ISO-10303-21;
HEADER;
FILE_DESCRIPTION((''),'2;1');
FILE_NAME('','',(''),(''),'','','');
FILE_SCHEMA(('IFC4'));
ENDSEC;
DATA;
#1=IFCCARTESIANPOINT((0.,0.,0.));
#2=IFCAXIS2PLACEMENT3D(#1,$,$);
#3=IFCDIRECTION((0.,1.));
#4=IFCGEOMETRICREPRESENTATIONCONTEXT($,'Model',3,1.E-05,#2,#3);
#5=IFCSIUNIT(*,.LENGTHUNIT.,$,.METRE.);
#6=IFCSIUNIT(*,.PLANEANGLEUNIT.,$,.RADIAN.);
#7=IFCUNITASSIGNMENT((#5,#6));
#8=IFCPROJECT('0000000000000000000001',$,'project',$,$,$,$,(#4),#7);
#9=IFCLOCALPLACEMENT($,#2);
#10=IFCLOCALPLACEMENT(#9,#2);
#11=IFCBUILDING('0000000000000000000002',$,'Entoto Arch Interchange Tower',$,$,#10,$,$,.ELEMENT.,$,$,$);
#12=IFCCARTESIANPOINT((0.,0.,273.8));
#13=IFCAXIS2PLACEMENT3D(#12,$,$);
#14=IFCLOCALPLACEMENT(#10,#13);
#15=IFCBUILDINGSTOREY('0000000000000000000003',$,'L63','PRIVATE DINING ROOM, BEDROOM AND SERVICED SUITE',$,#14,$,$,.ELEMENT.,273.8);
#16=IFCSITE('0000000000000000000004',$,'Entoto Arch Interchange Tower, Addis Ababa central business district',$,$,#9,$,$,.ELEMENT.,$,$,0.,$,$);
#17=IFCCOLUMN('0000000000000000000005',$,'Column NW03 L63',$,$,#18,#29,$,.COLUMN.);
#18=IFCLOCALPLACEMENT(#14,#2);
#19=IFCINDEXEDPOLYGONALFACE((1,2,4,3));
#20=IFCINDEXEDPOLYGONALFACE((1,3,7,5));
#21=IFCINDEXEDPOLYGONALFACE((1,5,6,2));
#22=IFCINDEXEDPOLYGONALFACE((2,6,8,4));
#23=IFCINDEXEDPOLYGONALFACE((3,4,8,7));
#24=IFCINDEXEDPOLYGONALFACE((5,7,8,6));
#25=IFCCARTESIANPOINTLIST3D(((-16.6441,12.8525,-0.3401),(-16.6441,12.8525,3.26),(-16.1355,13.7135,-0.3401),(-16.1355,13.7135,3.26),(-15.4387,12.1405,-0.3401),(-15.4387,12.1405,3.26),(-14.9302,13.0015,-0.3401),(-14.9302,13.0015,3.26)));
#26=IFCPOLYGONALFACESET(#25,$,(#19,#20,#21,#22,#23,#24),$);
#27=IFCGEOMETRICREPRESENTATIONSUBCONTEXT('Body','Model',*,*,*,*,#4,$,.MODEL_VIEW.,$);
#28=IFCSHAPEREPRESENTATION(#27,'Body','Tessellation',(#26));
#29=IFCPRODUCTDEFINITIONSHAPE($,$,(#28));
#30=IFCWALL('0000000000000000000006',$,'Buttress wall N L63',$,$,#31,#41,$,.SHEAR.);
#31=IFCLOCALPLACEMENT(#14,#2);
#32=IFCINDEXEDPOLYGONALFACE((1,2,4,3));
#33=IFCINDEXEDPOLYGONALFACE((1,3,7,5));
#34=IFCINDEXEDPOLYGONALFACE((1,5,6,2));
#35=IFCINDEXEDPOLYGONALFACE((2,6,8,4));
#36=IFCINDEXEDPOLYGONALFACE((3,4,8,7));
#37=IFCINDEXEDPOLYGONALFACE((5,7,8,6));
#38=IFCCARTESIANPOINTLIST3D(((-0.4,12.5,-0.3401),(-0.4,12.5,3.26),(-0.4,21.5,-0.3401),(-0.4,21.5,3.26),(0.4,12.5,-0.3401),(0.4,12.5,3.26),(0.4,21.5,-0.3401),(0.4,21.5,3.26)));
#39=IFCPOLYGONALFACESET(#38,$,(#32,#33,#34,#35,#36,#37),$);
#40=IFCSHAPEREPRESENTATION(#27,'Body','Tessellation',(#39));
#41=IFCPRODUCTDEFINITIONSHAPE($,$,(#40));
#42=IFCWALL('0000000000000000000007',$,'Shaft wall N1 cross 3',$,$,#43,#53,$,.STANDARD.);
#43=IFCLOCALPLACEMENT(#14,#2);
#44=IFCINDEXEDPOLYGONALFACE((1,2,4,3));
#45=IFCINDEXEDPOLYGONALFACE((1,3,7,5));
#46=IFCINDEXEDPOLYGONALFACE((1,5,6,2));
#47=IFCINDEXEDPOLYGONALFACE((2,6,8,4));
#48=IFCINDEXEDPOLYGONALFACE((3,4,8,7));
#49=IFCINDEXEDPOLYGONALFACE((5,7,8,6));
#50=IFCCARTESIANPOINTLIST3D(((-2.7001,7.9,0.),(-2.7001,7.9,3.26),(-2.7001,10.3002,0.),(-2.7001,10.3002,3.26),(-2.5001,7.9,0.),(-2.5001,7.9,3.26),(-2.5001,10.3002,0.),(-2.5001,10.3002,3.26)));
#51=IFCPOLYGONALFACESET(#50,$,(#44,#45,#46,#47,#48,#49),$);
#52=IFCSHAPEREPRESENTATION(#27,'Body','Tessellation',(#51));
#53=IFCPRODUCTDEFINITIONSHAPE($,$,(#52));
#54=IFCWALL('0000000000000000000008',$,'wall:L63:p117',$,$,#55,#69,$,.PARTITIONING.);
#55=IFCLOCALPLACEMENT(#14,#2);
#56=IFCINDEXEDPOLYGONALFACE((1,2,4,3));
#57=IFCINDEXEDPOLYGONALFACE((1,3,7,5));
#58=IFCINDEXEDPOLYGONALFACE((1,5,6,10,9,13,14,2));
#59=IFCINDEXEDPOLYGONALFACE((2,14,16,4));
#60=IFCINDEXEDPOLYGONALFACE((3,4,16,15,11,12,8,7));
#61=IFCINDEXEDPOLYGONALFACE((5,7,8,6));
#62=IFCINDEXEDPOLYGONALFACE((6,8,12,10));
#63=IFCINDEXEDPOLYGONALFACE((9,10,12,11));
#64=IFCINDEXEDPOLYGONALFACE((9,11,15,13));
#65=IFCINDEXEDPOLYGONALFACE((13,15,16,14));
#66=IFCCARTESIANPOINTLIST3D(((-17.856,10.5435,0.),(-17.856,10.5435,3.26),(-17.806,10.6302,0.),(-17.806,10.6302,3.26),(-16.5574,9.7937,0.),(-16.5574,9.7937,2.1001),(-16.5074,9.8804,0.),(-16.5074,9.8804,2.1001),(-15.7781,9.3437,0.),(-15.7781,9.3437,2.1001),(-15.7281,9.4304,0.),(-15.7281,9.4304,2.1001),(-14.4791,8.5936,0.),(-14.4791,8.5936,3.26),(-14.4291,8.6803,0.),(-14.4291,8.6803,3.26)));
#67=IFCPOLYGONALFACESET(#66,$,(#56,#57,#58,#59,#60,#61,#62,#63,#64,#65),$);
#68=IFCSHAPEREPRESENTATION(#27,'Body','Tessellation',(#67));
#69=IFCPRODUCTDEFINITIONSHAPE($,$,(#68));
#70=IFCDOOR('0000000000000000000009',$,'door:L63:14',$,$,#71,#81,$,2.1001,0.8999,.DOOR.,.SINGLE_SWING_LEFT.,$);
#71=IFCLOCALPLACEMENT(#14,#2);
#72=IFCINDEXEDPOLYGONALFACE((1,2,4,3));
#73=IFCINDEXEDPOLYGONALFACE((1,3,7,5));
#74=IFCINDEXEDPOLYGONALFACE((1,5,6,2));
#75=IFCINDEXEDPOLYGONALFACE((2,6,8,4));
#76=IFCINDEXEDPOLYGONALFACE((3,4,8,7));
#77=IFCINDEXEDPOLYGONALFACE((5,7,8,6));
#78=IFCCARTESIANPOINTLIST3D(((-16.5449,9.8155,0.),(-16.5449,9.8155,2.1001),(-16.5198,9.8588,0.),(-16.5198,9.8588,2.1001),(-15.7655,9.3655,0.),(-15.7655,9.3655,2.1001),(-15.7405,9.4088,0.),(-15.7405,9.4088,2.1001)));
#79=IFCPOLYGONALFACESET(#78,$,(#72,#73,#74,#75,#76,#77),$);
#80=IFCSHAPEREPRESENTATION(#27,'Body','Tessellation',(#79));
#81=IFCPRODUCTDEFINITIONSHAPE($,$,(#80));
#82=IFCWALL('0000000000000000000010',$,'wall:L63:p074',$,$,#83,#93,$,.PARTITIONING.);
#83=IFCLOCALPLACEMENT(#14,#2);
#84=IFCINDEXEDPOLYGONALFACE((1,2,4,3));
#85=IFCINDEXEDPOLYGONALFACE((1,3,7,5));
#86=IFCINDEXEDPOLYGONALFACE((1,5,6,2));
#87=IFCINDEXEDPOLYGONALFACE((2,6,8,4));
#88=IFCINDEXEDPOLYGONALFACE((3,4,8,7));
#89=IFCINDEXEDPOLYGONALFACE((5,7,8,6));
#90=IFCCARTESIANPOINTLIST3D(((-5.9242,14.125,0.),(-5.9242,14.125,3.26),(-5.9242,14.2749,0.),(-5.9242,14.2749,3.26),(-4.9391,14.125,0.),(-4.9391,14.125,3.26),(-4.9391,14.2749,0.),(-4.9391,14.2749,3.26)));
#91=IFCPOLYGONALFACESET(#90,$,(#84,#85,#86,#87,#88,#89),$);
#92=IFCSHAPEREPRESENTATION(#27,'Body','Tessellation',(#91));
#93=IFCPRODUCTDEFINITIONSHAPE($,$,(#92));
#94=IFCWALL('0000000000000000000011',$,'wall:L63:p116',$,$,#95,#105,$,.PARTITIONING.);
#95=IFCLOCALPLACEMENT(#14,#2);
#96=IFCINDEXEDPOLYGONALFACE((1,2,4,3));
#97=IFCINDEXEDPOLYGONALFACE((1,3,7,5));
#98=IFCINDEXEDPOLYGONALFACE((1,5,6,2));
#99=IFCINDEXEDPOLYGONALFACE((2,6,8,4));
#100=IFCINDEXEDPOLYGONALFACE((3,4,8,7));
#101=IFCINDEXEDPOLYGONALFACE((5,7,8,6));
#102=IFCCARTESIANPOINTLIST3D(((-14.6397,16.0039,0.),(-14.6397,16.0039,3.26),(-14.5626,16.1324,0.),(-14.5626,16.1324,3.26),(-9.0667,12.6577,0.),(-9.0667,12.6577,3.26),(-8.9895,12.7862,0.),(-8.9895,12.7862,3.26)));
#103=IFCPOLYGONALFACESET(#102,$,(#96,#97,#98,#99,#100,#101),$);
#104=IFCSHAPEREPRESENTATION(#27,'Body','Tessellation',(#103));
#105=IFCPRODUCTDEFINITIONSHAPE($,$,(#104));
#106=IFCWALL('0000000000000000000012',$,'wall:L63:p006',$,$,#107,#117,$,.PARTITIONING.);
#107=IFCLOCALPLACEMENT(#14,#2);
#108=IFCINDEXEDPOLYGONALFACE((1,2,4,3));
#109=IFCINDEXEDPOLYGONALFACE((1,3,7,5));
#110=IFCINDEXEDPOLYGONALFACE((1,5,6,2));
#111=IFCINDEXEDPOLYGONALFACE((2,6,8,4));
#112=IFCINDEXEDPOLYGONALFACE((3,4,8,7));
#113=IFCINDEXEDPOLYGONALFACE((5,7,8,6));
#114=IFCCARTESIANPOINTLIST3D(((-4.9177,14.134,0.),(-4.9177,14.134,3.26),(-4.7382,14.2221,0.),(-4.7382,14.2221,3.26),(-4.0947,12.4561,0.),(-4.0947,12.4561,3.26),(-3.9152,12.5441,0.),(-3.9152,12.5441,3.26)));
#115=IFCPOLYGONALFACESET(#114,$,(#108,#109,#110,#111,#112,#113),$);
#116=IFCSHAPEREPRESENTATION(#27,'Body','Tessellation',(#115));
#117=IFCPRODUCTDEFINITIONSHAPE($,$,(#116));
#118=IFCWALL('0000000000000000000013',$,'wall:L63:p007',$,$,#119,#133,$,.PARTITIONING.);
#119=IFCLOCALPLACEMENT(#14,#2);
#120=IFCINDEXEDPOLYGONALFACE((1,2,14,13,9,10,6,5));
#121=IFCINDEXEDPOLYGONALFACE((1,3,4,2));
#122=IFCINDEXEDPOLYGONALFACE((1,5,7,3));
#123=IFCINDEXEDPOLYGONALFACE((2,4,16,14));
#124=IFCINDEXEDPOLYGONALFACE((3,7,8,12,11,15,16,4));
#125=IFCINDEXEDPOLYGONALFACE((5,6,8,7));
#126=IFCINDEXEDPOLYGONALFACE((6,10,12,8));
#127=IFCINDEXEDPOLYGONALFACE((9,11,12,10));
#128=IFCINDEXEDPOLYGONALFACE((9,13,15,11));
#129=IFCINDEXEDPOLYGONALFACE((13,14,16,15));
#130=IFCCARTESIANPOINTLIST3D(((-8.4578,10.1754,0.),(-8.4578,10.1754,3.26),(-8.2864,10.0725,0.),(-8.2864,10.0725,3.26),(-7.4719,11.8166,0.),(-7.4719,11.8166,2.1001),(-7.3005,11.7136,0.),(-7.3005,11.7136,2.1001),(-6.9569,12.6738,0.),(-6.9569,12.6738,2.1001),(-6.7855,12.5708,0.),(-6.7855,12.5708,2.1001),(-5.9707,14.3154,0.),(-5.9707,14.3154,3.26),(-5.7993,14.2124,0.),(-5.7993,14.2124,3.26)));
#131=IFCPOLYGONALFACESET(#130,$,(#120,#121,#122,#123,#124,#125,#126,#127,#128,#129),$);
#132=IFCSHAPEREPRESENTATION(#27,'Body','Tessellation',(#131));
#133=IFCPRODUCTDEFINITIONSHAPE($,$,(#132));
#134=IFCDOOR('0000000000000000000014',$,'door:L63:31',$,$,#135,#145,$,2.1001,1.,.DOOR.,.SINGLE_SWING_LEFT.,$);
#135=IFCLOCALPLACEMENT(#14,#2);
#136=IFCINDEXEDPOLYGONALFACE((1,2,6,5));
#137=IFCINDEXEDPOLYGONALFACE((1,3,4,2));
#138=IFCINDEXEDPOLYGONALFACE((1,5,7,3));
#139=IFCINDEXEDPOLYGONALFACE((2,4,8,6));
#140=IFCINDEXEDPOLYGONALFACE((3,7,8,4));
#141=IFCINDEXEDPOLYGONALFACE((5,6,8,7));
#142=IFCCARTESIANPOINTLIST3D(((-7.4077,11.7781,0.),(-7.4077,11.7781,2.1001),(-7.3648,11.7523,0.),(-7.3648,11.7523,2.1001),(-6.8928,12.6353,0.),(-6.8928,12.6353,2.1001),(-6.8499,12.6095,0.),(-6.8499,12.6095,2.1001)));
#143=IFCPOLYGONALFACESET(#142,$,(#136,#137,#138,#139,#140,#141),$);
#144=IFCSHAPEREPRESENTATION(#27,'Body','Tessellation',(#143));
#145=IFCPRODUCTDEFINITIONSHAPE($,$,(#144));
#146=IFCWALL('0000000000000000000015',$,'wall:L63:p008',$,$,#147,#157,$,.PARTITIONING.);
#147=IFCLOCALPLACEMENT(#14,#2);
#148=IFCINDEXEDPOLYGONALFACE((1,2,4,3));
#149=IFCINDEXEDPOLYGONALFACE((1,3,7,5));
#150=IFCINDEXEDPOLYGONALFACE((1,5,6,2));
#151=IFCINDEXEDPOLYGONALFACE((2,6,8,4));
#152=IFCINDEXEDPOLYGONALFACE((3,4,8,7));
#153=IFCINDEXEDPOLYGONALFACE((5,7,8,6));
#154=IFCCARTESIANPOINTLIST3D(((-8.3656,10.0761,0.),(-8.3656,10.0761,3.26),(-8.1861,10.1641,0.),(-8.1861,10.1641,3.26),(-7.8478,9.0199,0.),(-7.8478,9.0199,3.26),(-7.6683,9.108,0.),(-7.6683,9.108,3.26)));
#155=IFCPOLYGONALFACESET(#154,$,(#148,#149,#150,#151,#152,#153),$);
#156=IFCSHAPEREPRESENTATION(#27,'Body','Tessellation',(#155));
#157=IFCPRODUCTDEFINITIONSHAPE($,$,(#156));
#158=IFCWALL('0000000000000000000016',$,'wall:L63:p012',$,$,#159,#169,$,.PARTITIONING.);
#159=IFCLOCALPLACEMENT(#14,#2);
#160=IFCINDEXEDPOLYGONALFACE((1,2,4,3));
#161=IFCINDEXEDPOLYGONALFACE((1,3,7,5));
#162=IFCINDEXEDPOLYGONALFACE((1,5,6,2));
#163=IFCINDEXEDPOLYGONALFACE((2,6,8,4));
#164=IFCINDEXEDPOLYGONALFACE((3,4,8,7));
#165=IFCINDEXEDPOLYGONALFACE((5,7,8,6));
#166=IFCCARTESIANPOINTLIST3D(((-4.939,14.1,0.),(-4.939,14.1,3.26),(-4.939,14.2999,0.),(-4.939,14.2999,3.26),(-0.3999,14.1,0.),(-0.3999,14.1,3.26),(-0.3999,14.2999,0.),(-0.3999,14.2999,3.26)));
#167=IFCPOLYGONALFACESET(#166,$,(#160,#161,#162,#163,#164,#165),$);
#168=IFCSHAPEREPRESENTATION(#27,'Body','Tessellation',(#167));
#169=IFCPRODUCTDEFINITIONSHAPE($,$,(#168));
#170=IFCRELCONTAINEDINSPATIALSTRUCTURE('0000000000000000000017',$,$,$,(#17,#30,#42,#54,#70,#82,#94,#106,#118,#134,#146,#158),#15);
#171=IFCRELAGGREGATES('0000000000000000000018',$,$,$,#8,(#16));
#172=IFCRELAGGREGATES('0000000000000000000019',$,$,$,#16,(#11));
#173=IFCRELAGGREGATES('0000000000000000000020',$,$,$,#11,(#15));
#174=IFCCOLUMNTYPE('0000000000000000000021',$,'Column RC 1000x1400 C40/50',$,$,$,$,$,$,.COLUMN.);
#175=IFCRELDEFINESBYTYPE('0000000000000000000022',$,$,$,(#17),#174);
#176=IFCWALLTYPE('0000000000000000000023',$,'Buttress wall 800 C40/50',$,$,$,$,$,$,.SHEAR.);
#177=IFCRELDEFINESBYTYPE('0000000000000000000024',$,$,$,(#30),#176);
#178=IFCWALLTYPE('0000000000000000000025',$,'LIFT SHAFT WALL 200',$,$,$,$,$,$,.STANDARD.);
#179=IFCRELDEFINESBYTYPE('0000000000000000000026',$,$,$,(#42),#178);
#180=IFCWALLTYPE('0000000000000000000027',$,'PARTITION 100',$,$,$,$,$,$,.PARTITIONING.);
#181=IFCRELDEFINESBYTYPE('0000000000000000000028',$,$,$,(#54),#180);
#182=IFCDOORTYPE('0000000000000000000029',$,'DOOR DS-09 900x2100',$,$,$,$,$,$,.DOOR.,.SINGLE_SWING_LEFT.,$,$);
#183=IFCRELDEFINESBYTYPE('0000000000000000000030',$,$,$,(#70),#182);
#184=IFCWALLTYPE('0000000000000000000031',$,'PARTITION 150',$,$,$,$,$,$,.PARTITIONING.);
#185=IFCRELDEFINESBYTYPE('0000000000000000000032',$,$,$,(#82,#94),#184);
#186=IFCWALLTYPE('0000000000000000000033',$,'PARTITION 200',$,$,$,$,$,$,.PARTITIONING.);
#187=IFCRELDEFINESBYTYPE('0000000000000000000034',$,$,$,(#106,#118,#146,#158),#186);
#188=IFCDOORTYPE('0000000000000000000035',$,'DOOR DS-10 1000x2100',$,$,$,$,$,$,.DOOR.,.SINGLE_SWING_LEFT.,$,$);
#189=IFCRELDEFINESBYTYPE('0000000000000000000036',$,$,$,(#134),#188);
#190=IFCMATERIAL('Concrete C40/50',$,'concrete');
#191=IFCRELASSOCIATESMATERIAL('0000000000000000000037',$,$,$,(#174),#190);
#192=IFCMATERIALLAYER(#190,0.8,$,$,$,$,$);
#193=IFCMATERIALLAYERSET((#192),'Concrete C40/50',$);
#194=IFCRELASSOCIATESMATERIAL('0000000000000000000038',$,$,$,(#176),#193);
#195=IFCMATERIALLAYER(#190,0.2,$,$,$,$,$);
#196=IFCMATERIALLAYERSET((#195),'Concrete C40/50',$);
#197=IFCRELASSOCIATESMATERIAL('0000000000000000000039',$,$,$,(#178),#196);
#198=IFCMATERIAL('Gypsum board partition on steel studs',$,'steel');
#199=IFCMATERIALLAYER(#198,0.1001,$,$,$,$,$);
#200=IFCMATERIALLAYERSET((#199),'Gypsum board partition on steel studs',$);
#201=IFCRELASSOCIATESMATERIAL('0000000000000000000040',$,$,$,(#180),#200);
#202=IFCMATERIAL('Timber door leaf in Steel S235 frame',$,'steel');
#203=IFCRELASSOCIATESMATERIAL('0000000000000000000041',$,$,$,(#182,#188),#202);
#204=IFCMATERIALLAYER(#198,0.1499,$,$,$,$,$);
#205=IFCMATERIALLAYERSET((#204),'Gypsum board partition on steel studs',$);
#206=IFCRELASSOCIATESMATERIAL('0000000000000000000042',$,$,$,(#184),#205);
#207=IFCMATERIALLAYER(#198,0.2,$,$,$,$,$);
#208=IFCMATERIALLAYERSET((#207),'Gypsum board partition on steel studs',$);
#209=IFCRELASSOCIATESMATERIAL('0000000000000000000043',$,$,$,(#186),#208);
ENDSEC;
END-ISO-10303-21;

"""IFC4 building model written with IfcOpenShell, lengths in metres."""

from ifc_helpers import new_model, si_unit, direction, frame, frame_2d, origin, origin_2d, place, context, subcontext, project, spatial, rectangle, extrude, material, layer, layer_set, material_profile, profile_set, type_object, element, fill, save


model = new_model("IFC4")

# Units and contexts
model_context = context("Model", 3, precision=1e-05, world=origin(), true_north=direction((0.0, 1.0)))
body_context = subcontext(model_context, "Body", "Model", "MODEL_VIEW")
ifc_project = project(units=[si_unit("LENGTHUNIT", "METRE"), si_unit("PLANEANGLEUNIT", "RADIAN")], contexts=[model_context])

# Site, building, storey
site_placement = place(None, origin())
site = spatial("IfcSite", under=ifc_project, at=site_placement, Name="Entoto Arch Interchange Tower, Addis Ababa central business district", CompositionType="ELEMENT", RefElevation=0.0)
building_placement = place(site_placement, origin())
building = spatial("IfcBuilding", under=site, at=building_placement, Name="Entoto Arch Interchange Tower", CompositionType="ELEMENT")
storey_placement = place(building_placement, frame((0.0, 0.0, 273.8)))
storey = spatial("IfcBuildingStorey", under=building, at=storey_placement, Name="L63", Description="PRIVATE DINING ROOM, BEDROOM AND SERVICED SUITE", CompositionType="ELEMENT", Elevation=273.8)

# Column
ifc_material_1 = material(Name="Concrete C40/50", Category="concrete")
ifc_material_profile = material_profile(ifc_material_1, rectangle(XDim=1.0, YDim=1.3999, at=origin_2d()))
ifc_profile_set = profile_set([ifc_material_profile], Name="Concrete C40/50")
column_type = type_object("IfcColumnType", Name="Column RC 1000x1400 C40/50", PredefinedType="COLUMN", material=ifc_profile_set)
column_placement = place(storey_placement, frame((-15.7871, 12.927, -0.3401), z_axis=(0.0, 0.0, 1.0), x_axis=(0.508576, 0.861017, 0.0)))
element("IfcColumn", 1, at=column_placement, inside=storey, type_object=column_type, Name="Column NW03 L63", PredefinedType="COLUMN", context=body_context, shape_type="SweptSolid", body=[
    extrude(rectangle(XDim=1.0, YDim=1.3999, at=origin_2d()), origin(), (0.0, 0.0, 1.0), 3.6001),
])

# Walls
ifc_layer_1 = layer(ifc_material_1, 0.8)
ifc_layer_set_1 = layer_set([ifc_layer_1], Name="Concrete C40/50")
wall_type_1 = type_object("IfcWallType", Name="Buttress wall 800 C40/50", PredefinedType="SHEAR", material=ifc_layer_set_1)
wall_1_placement = place(storey_placement, frame((0.0, 12.5, -0.3401), z_axis=(0.0, 0.0, 1.0), x_axis=(0.0, 1.0, 0.0)))
element("IfcWall", 2, at=wall_1_placement, inside=storey, type_object=wall_type_1, Name="Buttress wall N L63", PredefinedType="SHEAR", context=body_context, shape_type="SweptSolid", body=[
    extrude(rectangle(XDim=9.0, YDim=0.8, at=frame_2d((4.5, 0.0))), origin(), (0.0, 0.0, 1.0), 3.6001),
])
ifc_layer_2 = layer(ifc_material_1, 0.2)
ifc_layer_set_2 = layer_set([ifc_layer_2], Name="Concrete C40/50")
wall_type_2 = type_object("IfcWallType", Name="LIFT SHAFT WALL 200", PredefinedType="STANDARD", material=ifc_layer_set_2)
wall_2_placement = place(storey_placement, frame((-2.6001, 7.8999, 0.0), z_axis=(0.0, 0.0, 1.0), x_axis=(0.0, 1.0, 0.0)))
element("IfcWall", 3, at=wall_2_placement, inside=storey, type_object=wall_type_2, Name="Shaft wall N1 cross 3", PredefinedType="STANDARD", context=body_context, shape_type="SweptSolid", body=[
    extrude(rectangle(XDim=2.4001, YDim=0.2, at=frame_2d((1.2002, 0.0))), origin(), (0.0, 0.0, 1.0), 3.26),
])

# Wall, opening, door
ifc_material_2 = material(Name="Gypsum board partition on steel studs", Category="steel")
ifc_layer_3 = layer(ifc_material_2, 0.1001)
ifc_layer_set_3 = layer_set([ifc_layer_3], Name="Gypsum board partition on steel studs")
wall_type_3 = type_object("IfcWallType", Name="PARTITION 100", PredefinedType="PARTITIONING", material=ifc_layer_set_3)
wall_3_placement = place(storey_placement, frame((-14.4541, 8.637, 0.0), z_axis=(0.0, 0.0, 1.0), x_axis=(-0.865996, 0.500051, 0.0)))
wall_3 = element("IfcWall", 4, at=wall_3_placement, inside=storey, type_object=wall_type_3, Name="wall:L63:p117", PredefinedType="PARTITIONING", context=body_context, shape_type="SweptSolid", body=[
    extrude(rectangle(XDim=3.8994, YDim=0.1001, at=frame_2d((1.9497, 0.0))), origin(), (0.0, 0.0, 1.0), 3.26),
])
opening_1_placement = place(wall_3_placement, frame((1.5, 0.0, 0.0)))
opening_1 = element("IfcOpeningElement", 5, at=opening_1_placement, cuts=wall_3, PredefinedType="OPENING", context=body_context, shape_type="SweptSolid", body=[
    extrude(rectangle(XDim=0.8999, YDim=2.1001, at=frame_2d((0.45, 1.05))), frame((0.0, 0.0601, 0.0), z_axis=(0.0, -1.0, 0.0), x_axis=(1.0, 0.0, 0.0)), (0.0, 0.0, 1.0), 0.1201),
])
ifc_material_3 = material(Name="Timber door leaf in Steel S235 frame", Category="steel")
door_type_1 = type_object("IfcDoorType", Name="DOOR DS-09 900x2100", OperationType="SINGLE_SWING_LEFT", PredefinedType="DOOR", material=ifc_material_3)
door_1_placement = place(opening_1_placement, origin())
door_1 = element("IfcDoor", 6, at=door_1_placement, inside=storey, type_object=door_type_1, Name="door:L63:14", OperationType="SINGLE_SWING_LEFT", OverallHeight=2.1001, OverallWidth=0.8999, PredefinedType="DOOR", context=body_context, shape_type="SweptSolid", body=[
    extrude(rectangle(XDim=0.8999, YDim=2.1001, at=frame_2d((0.45, 1.05))), frame((0.0, 0.0249, 0.0), z_axis=(0.0, -1.0, 0.0), x_axis=(1.0, 0.0, 0.0)), (0.0, 0.0, 1.0), 0.05),
])
fill(opening_1, door_1)

# Walls
ifc_layer_4 = layer(ifc_material_2, 0.1499)
ifc_layer_set_4 = layer_set([ifc_layer_4], Name="Gypsum board partition on steel studs")
wall_type_4 = type_object("IfcWallType", Name="PARTITION 150", PredefinedType="PARTITIONING", material=ifc_layer_set_4)
wall_4_placement = place(storey_placement, frame((-4.939, 14.2, 0.0), z_axis=(0.0, 0.0, 1.0), x_axis=(-1.0, 0.0, 0.0)))
element("IfcWall", 7, at=wall_4_placement, inside=storey, type_object=wall_type_4, Name="wall:L63:p074", PredefinedType="PARTITIONING", context=body_context, shape_type="SweptSolid", body=[
    extrude(rectangle(XDim=0.9851, YDim=0.1499, at=frame_2d((0.4927, 0.0))), origin(), (0.0, 0.0, 1.0), 3.26),
])
wall_5_placement = place(storey_placement, frame((-9.0281, 12.7219, 0.0), z_axis=(0.0, 0.0, 1.0), x_axis=(-0.857331, 0.514766, 0.0)))
element("IfcWall", 8, at=wall_5_placement, inside=storey, type_object=wall_type_4, Name="wall:L63:p116", PredefinedType="PARTITIONING", context=body_context, shape_type="SweptSolid", body=[
    extrude(rectangle(XDim=6.5005, YDim=0.1499, at=frame_2d((3.2502, 0.0))), origin(), (0.0, 0.0, 1.0), 3.26),
])
ifc_layer_5 = layer(ifc_material_2, 0.2)
ifc_layer_set_5 = layer_set([ifc_layer_5], Name="Gypsum board partition on steel studs")
wall_type_5 = type_object("IfcWallType", Name="PARTITION 200", PredefinedType="PARTITIONING", material=ifc_layer_set_5)
wall_6_placement = place(storey_placement, frame((-4.0049, 12.5, 0.0), z_axis=(0.0, 0.0, 1.0), x_axis=(-0.440355, 0.897824, 0.0)))
element("IfcWall", 9, at=wall_6_placement, inside=storey, type_object=wall_type_5, Name="wall:L63:p006", PredefinedType="PARTITIONING", context=body_context, shape_type="SweptSolid", body=[
    extrude(rectangle(XDim=1.8689, YDim=0.2, at=frame_2d((0.9346, 0.0))), origin(), (0.0, 0.0, 1.0), 3.26),
])

# Wall, opening, door
wall_7_placement = place(storey_placement, frame((-5.885, 14.2639, 0.0), z_axis=(0.0, 0.0, 1.0), x_axis=(-0.514971, -0.857207, 0.0)))
wall_7 = element("IfcWall", 10, at=wall_7_placement, inside=storey, type_object=wall_type_5, Name="wall:L63:p007", PredefinedType="PARTITIONING", context=body_context, shape_type="SweptSolid", body=[
    extrude(rectangle(XDim=4.8296, YDim=0.2, at=frame_2d((2.4148, 0.0))), origin(), (0.0, 0.0, 1.0), 3.26),
])
opening_2_placement = place(wall_7_placement, frame((1.915, 0.0, 0.0)))
opening_2 = element("IfcOpeningElement", 11, at=opening_2_placement, cuts=wall_7, PredefinedType="OPENING", context=body_context, shape_type="SweptSolid", body=[
    extrude(rectangle(XDim=1.0, YDim=2.1001, at=frame_2d((0.5, 1.05))), frame((0.0, 0.1099, 0.0), z_axis=(0.0, -1.0, 0.0), x_axis=(1.0, 0.0, 0.0)), (0.0, 0.0, 1.0), 0.22),
])
door_type_2 = type_object("IfcDoorType", Name="DOOR DS-10 1000x2100", OperationType="SINGLE_SWING_LEFT", PredefinedType="DOOR", material=ifc_material_3)
door_2_placement = place(opening_2_placement, origin())
door_2 = element("IfcDoor", 12, at=door_2_placement, inside=storey, type_object=door_type_2, Name="door:L63:31", OperationType="SINGLE_SWING_LEFT", OverallHeight=2.1001, OverallWidth=1.0, PredefinedType="DOOR", context=body_context, shape_type="SweptSolid", body=[
    extrude(rectangle(XDim=1.0, YDim=2.1001, at=frame_2d((0.5, 1.05))), frame((0.0, 0.0249, 0.0), z_axis=(0.0, -1.0, 0.0), x_axis=(1.0, 0.0, 0.0)), (0.0, 0.0, 1.0), 0.05),
])
fill(opening_2, door_2)

# Walls
wall_8_placement = place(storey_placement, frame((-8.2759, 10.1201, 0.0), z_axis=(0.0, 0.0, 1.0), x_axis=(0.440226, -0.897887, 0.0)))
element("IfcWall", 13, at=wall_8_placement, inside=storey, type_object=wall_type_5, Name="wall:L63:p008", PredefinedType="PARTITIONING", context=body_context, shape_type="SweptSolid", body=[
    extrude(rectangle(XDim=1.1763, YDim=0.2, at=frame_2d((0.5881, 0.0))), origin(), (0.0, 0.0, 1.0), 3.26),
])
wall_9_placement = place(storey_placement, frame((-4.939, 14.2, 0.0), z_axis=(0.0, 0.0, 1.0), x_axis=(1.0, 0.0, 0.0)))
element("IfcWall", 14, at=wall_9_placement, inside=storey, type_object=wall_type_5, Name="wall:L63:p012", PredefinedType="PARTITIONING", context=body_context, shape_type="SweptSolid", body=[
    extrude(rectangle(XDim=4.5391, YDim=0.2, at=frame_2d((2.2695, 0.0))), origin(), (0.0, 0.0, 1.0), 3.26),
])

save(model, "model.ifc")
